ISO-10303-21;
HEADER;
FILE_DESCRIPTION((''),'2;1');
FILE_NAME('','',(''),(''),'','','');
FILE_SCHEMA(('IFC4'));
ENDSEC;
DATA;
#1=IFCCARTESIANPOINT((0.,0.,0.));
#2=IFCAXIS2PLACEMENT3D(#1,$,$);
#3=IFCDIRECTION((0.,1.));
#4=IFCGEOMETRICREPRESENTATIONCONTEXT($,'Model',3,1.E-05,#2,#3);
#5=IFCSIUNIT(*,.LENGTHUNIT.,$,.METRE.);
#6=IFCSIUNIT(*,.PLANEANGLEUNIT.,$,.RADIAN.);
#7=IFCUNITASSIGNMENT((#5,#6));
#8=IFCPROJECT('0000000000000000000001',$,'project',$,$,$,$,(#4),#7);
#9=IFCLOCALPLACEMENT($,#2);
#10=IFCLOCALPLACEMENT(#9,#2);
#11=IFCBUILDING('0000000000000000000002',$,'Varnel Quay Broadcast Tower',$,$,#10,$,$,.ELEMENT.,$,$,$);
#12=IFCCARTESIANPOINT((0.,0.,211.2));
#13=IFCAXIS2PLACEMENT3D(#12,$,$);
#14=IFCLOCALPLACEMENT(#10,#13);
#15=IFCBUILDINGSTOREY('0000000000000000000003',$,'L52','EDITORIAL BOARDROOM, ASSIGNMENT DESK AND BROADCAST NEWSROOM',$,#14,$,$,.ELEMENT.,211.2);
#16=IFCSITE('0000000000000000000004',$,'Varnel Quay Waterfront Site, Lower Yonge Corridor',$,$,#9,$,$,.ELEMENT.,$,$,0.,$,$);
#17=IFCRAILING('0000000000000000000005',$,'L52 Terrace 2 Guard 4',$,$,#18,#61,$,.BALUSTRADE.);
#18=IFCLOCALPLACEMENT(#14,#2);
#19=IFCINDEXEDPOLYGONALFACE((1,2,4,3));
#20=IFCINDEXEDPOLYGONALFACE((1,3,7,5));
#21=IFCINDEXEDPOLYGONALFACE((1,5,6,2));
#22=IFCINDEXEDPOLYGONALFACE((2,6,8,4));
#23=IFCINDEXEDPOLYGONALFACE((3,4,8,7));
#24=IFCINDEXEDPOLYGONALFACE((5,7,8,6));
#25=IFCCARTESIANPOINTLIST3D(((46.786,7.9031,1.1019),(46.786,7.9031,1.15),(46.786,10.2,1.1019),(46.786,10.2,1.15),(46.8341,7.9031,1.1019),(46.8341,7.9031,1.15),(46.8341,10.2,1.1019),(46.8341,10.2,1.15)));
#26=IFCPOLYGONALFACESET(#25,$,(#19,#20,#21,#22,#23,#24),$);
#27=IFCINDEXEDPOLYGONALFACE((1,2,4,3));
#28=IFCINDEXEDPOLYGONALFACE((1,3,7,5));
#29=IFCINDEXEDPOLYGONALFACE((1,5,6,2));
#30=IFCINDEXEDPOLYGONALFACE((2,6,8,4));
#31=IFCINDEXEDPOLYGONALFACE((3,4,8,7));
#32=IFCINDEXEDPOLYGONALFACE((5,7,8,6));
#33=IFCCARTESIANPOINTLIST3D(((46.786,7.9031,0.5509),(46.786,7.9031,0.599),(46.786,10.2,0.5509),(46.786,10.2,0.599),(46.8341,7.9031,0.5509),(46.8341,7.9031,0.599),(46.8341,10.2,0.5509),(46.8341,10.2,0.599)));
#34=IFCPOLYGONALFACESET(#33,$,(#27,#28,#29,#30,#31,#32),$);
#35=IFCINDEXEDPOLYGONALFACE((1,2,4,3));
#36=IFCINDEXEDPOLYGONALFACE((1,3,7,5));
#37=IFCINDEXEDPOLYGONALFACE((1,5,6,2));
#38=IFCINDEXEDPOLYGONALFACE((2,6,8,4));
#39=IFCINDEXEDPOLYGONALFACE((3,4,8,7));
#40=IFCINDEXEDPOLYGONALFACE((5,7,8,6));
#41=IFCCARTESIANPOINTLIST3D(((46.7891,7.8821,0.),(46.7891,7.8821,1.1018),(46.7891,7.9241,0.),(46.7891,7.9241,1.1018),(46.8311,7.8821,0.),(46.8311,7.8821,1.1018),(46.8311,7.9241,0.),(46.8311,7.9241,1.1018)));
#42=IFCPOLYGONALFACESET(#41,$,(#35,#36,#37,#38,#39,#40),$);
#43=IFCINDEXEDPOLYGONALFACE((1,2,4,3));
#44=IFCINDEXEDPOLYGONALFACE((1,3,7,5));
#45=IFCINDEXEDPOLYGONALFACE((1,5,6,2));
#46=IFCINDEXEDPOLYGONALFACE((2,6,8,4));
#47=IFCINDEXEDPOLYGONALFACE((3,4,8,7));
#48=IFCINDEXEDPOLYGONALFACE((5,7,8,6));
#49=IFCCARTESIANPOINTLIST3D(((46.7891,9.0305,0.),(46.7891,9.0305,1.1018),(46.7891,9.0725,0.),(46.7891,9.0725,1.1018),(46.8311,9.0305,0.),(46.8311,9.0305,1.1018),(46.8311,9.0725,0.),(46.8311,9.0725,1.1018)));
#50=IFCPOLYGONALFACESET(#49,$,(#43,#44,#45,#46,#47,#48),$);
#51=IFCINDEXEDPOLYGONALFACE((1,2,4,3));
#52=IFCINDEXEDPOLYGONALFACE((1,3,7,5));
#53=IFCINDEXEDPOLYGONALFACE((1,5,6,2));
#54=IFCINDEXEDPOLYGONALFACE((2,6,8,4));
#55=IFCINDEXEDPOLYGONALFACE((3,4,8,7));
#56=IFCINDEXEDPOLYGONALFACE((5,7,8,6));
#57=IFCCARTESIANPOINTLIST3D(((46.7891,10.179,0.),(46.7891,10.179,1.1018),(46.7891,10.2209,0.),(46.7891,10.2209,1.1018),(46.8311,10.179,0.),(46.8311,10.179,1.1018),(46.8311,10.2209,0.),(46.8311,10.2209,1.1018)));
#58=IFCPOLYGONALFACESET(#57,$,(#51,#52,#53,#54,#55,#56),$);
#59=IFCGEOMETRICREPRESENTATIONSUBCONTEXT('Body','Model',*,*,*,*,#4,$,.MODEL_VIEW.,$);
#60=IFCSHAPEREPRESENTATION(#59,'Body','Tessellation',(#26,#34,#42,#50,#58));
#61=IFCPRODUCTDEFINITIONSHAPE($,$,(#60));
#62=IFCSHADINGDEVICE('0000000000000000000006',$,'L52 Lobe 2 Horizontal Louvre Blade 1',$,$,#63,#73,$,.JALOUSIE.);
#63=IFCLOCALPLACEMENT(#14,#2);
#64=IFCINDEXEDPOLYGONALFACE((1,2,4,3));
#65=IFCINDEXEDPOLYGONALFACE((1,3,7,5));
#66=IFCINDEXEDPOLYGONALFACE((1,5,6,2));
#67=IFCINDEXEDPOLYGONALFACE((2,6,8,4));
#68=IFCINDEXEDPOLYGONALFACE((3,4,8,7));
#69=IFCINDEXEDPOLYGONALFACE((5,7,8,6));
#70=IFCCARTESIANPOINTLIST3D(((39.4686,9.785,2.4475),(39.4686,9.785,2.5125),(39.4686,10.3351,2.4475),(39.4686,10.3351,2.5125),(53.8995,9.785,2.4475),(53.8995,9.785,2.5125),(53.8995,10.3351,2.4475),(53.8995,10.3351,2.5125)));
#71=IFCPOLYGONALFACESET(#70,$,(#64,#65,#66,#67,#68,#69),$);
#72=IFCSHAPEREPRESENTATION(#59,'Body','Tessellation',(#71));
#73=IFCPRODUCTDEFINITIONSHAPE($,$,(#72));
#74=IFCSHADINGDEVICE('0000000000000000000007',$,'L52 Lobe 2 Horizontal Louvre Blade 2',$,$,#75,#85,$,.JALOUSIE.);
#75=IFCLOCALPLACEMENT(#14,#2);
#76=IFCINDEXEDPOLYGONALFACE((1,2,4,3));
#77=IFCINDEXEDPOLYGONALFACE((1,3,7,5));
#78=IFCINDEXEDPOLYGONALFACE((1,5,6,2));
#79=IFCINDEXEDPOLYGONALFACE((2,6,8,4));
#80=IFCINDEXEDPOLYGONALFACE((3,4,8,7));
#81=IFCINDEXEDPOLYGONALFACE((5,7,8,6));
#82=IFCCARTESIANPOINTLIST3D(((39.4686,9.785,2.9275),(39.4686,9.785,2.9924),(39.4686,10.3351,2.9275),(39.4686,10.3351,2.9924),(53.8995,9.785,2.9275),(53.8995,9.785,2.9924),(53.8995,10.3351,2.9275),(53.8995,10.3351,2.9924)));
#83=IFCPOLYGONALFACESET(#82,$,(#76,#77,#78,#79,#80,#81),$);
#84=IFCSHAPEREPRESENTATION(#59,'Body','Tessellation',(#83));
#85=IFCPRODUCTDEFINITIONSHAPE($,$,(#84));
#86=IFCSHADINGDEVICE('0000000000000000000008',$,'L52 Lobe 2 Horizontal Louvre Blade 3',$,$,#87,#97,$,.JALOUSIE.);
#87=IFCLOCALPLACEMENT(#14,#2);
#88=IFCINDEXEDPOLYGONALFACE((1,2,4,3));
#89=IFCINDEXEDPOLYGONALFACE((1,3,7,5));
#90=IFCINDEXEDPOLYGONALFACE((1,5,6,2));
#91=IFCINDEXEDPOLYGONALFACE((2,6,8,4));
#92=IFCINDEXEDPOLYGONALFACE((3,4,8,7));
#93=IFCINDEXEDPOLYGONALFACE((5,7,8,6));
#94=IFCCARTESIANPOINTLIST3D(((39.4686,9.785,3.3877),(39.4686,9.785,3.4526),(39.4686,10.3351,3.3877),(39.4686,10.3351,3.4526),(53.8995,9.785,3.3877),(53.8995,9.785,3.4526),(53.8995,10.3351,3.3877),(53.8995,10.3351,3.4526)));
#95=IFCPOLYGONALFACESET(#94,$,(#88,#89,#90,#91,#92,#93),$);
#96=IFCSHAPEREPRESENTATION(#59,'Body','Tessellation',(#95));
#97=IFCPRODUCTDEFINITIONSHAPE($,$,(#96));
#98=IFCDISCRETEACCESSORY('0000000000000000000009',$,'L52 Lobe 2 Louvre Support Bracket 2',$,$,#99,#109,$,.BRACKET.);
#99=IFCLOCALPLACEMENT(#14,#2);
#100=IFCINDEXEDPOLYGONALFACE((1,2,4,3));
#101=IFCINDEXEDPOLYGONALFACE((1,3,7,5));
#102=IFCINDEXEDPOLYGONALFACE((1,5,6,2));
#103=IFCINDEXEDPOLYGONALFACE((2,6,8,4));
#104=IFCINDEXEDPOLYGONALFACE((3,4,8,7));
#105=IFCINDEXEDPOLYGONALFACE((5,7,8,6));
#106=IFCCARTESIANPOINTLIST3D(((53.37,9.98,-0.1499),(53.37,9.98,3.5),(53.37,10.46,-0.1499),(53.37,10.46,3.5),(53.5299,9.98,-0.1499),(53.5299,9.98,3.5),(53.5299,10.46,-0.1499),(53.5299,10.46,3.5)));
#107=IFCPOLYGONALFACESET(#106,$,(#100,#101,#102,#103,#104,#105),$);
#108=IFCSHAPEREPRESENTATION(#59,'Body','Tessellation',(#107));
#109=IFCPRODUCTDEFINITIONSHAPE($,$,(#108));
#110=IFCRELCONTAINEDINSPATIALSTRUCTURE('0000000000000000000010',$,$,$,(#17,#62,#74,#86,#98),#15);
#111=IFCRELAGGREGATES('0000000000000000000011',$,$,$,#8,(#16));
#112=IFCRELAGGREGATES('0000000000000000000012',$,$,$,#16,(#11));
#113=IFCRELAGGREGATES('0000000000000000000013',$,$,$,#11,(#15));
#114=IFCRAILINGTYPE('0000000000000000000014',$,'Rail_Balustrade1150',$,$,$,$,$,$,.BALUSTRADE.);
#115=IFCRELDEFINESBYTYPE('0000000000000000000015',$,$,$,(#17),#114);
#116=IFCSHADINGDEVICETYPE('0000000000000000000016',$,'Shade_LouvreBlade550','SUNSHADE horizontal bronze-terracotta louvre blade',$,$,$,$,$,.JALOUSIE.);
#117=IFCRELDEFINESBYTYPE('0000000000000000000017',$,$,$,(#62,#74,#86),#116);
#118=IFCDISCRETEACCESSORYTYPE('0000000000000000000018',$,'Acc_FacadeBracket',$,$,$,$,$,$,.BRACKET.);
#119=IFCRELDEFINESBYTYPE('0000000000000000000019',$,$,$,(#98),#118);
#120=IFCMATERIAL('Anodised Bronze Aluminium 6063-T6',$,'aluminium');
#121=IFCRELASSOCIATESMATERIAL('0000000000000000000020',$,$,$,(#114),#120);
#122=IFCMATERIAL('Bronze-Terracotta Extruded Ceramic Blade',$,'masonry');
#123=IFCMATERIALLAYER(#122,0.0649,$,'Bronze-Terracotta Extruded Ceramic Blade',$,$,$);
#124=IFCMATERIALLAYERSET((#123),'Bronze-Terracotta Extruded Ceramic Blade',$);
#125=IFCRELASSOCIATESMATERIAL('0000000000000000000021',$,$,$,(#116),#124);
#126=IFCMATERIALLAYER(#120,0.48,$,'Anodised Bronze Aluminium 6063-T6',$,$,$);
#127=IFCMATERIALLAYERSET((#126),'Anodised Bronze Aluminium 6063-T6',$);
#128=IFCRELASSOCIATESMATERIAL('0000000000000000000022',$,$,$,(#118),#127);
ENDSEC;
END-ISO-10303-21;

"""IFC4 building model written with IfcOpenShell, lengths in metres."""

from ifc_helpers import new_model, si_unit, direction, frame, origin, origin_2d, place, context, subcontext, project, spatial, rectangle, extrude, source, transform, mapped, material, layer, layer_set, type_object, type_shapes, element, save


model = new_model("IFC4")

# Units and contexts
model_context = context("Model", 3, precision=1e-05, world=origin(), true_north=direction((0.0, 1.0)))
body_context = subcontext(model_context, "Body", "Model", "MODEL_VIEW")
ifc_project = project(units=[si_unit("LENGTHUNIT", "METRE"), si_unit("PLANEANGLEUNIT", "RADIAN")], contexts=[model_context])

# Site, building, storey
site_placement = place(None, origin())
site = spatial("IfcSite", under=ifc_project, at=site_placement, Name="Varnel Quay Waterfront Site, Lower Yonge Corridor", CompositionType="ELEMENT", RefElevation=0.0)
building_placement = place(site_placement, origin())
building = spatial("IfcBuilding", under=site, at=building_placement, Name="Varnel Quay Broadcast Tower", CompositionType="ELEMENT")
storey_placement = place(building_placement, frame((0.0, 0.0, 211.2)))
storey = spatial("IfcBuildingStorey", under=building, at=storey_placement, Name="L52", Description="EDITORIAL BOARDROOM, ASSIGNMENT DESK AND BROADCAST NEWSROOM", CompositionType="ELEMENT", Elevation=211.2)

# Shared definitions
ifc_material_1 = material(Name="Anodised Bronze Aluminium 6063-T6", Category="aluminium")

# Railing
railing_type = type_object("IfcRailingType", Name="Rail_Balustrade1150", PredefinedType="BALUSTRADE", material=ifc_material_1)
railing_placement = place(storey_placement, frame((46.8101, 7.9031, 0.0)))
element("IfcRailing", 1, at=railing_placement, inside=storey, type_object=railing_type, Name="L52 Terrace 2 Guard 4", PredefinedType="BALUSTRADE", context=body_context, shape_type="SweptSolid", body=[
    extrude(rectangle(XDim=0.0481, YDim=0.0481, at=origin_2d()), frame((0.0, 0.0, 1.126), z_axis=(0.0, 1.0, 0.0), x_axis=(-1.0, 0.0, 0.0)), (0.0, 0.0, 1.0), 2.2969),
    extrude(rectangle(XDim=0.0481, YDim=0.0481, at=origin_2d()), frame((0.0, 0.0, 0.575), z_axis=(0.0, 1.0, 0.0), x_axis=(-1.0, 0.0, 0.0)), (0.0, 0.0, 1.0), 2.2969),
    extrude(rectangle(XDim=0.042, YDim=0.042, at=origin_2d()), origin(), (0.0, 0.0, 1.0), 1.1018),
    extrude(rectangle(XDim=0.042, YDim=0.042, at=origin_2d()), frame((0.0, 1.1484, 0.0)), (0.0, 0.0, 1.0), 1.1018),
    extrude(rectangle(XDim=0.042, YDim=0.042, at=origin_2d()), frame((0.0, 2.2969, 0.0)), (0.0, 0.0, 1.0), 1.1018),
])

# Shading devices
ifc_material_2 = material(Name="Bronze-Terracotta Extruded Ceramic Blade", Category="masonry")
ifc_layer_1 = layer(ifc_material_2, 0.0649, Name="Bronze-Terracotta Extruded Ceramic Blade")
ifc_layer_set_1 = layer_set([ifc_layer_1], Name="Bronze-Terracotta Extruded Ceramic Blade")
shading_device_type = type_object("IfcShadingDeviceType", Name="Shade_LouvreBlade550", Description="SUNSHADE horizontal bronze-terracotta louvre blade", PredefinedType="JALOUSIE", material=ifc_layer_set_1)
shared_shape_1 = source(origin(), body_context, "Body", "SweptSolid", [
    extrude(rectangle(XDim=14.4309, YDim=0.55, at=origin_2d()), origin(), (0.0, 0.0, 1.0), 0.0649),
])
type_shapes(shading_device_type, [shared_shape_1])
for number, where, z_axis, x_axis, name in (
    (2, (46.6841, 10.0601, 2.4475), (0.0, 0.0, 1.0), (1.0, 0.0, 0.0), "L52 Lobe 2 Horizontal Louvre Blade 1"),
    (3, (46.6841, 10.0601, 2.9275), (0.0, 0.0, 1.0), (1.0, 0.0, 0.0), "L52 Lobe 2 Horizontal Louvre Blade 2"),
    (4, (46.6841, 10.0601, 3.3877), (0.0, 0.0, 1.0), (1.0, 0.0, 0.0), "L52 Lobe 2 Horizontal Louvre Blade 3"),
):
    element("IfcShadingDevice", number, at=place(storey_placement, frame(where, z_axis=z_axis, x_axis=x_axis)), inside=storey, type_object=shading_device_type, Name=name, PredefinedType="JALOUSIE", context=body_context, shape_type="MappedRepresentation", body=[
        mapped(shared_shape_1, transform((0.0, 0.0, 0.0), x_axis=(1.0, 0.0, 0.0), y_axis=(0.0, 1.0, 0.0), z_axis=(0.0, 0.0, 1.0), scale=1.0)),
    ])

# Discrete accessory
ifc_layer_2 = layer(ifc_material_1, 0.48, Name="Anodised Bronze Aluminium 6063-T6")
ifc_layer_set_2 = layer_set([ifc_layer_2], Name="Anodised Bronze Aluminium 6063-T6")
discrete_accessory_type = type_object("IfcDiscreteAccessoryType", Name="Acc_FacadeBracket", PredefinedType="BRACKET", material=ifc_layer_set_2)
shared_shape_2 = source(origin(), body_context, "Body", "SweptSolid", [
    extrude(rectangle(XDim=0.1599, YDim=0.48, at=origin_2d()), origin(), (0.0, 0.0, 1.0), 3.6499),
])
type_shapes(discrete_accessory_type, [shared_shape_2])
discrete_accessory_placement = place(storey_placement, frame((53.45, 10.22, -0.1499), z_axis=(0.0, 0.0, 1.0), x_axis=(1.0, 0.0, 0.0)))
element("IfcDiscreteAccessory", 5, at=discrete_accessory_placement, inside=storey, type_object=discrete_accessory_type, Name="L52 Lobe 2 Louvre Support Bracket 2", PredefinedType="BRACKET", context=body_context, shape_type="MappedRepresentation", body=[
    mapped(shared_shape_2, transform((0.0, 0.0, 0.0), x_axis=(1.0, 0.0, 0.0), y_axis=(0.0, 1.0, 0.0), z_axis=(0.0, 0.0, 1.0), scale=1.0)),
])

save(model, "model.ifc")
